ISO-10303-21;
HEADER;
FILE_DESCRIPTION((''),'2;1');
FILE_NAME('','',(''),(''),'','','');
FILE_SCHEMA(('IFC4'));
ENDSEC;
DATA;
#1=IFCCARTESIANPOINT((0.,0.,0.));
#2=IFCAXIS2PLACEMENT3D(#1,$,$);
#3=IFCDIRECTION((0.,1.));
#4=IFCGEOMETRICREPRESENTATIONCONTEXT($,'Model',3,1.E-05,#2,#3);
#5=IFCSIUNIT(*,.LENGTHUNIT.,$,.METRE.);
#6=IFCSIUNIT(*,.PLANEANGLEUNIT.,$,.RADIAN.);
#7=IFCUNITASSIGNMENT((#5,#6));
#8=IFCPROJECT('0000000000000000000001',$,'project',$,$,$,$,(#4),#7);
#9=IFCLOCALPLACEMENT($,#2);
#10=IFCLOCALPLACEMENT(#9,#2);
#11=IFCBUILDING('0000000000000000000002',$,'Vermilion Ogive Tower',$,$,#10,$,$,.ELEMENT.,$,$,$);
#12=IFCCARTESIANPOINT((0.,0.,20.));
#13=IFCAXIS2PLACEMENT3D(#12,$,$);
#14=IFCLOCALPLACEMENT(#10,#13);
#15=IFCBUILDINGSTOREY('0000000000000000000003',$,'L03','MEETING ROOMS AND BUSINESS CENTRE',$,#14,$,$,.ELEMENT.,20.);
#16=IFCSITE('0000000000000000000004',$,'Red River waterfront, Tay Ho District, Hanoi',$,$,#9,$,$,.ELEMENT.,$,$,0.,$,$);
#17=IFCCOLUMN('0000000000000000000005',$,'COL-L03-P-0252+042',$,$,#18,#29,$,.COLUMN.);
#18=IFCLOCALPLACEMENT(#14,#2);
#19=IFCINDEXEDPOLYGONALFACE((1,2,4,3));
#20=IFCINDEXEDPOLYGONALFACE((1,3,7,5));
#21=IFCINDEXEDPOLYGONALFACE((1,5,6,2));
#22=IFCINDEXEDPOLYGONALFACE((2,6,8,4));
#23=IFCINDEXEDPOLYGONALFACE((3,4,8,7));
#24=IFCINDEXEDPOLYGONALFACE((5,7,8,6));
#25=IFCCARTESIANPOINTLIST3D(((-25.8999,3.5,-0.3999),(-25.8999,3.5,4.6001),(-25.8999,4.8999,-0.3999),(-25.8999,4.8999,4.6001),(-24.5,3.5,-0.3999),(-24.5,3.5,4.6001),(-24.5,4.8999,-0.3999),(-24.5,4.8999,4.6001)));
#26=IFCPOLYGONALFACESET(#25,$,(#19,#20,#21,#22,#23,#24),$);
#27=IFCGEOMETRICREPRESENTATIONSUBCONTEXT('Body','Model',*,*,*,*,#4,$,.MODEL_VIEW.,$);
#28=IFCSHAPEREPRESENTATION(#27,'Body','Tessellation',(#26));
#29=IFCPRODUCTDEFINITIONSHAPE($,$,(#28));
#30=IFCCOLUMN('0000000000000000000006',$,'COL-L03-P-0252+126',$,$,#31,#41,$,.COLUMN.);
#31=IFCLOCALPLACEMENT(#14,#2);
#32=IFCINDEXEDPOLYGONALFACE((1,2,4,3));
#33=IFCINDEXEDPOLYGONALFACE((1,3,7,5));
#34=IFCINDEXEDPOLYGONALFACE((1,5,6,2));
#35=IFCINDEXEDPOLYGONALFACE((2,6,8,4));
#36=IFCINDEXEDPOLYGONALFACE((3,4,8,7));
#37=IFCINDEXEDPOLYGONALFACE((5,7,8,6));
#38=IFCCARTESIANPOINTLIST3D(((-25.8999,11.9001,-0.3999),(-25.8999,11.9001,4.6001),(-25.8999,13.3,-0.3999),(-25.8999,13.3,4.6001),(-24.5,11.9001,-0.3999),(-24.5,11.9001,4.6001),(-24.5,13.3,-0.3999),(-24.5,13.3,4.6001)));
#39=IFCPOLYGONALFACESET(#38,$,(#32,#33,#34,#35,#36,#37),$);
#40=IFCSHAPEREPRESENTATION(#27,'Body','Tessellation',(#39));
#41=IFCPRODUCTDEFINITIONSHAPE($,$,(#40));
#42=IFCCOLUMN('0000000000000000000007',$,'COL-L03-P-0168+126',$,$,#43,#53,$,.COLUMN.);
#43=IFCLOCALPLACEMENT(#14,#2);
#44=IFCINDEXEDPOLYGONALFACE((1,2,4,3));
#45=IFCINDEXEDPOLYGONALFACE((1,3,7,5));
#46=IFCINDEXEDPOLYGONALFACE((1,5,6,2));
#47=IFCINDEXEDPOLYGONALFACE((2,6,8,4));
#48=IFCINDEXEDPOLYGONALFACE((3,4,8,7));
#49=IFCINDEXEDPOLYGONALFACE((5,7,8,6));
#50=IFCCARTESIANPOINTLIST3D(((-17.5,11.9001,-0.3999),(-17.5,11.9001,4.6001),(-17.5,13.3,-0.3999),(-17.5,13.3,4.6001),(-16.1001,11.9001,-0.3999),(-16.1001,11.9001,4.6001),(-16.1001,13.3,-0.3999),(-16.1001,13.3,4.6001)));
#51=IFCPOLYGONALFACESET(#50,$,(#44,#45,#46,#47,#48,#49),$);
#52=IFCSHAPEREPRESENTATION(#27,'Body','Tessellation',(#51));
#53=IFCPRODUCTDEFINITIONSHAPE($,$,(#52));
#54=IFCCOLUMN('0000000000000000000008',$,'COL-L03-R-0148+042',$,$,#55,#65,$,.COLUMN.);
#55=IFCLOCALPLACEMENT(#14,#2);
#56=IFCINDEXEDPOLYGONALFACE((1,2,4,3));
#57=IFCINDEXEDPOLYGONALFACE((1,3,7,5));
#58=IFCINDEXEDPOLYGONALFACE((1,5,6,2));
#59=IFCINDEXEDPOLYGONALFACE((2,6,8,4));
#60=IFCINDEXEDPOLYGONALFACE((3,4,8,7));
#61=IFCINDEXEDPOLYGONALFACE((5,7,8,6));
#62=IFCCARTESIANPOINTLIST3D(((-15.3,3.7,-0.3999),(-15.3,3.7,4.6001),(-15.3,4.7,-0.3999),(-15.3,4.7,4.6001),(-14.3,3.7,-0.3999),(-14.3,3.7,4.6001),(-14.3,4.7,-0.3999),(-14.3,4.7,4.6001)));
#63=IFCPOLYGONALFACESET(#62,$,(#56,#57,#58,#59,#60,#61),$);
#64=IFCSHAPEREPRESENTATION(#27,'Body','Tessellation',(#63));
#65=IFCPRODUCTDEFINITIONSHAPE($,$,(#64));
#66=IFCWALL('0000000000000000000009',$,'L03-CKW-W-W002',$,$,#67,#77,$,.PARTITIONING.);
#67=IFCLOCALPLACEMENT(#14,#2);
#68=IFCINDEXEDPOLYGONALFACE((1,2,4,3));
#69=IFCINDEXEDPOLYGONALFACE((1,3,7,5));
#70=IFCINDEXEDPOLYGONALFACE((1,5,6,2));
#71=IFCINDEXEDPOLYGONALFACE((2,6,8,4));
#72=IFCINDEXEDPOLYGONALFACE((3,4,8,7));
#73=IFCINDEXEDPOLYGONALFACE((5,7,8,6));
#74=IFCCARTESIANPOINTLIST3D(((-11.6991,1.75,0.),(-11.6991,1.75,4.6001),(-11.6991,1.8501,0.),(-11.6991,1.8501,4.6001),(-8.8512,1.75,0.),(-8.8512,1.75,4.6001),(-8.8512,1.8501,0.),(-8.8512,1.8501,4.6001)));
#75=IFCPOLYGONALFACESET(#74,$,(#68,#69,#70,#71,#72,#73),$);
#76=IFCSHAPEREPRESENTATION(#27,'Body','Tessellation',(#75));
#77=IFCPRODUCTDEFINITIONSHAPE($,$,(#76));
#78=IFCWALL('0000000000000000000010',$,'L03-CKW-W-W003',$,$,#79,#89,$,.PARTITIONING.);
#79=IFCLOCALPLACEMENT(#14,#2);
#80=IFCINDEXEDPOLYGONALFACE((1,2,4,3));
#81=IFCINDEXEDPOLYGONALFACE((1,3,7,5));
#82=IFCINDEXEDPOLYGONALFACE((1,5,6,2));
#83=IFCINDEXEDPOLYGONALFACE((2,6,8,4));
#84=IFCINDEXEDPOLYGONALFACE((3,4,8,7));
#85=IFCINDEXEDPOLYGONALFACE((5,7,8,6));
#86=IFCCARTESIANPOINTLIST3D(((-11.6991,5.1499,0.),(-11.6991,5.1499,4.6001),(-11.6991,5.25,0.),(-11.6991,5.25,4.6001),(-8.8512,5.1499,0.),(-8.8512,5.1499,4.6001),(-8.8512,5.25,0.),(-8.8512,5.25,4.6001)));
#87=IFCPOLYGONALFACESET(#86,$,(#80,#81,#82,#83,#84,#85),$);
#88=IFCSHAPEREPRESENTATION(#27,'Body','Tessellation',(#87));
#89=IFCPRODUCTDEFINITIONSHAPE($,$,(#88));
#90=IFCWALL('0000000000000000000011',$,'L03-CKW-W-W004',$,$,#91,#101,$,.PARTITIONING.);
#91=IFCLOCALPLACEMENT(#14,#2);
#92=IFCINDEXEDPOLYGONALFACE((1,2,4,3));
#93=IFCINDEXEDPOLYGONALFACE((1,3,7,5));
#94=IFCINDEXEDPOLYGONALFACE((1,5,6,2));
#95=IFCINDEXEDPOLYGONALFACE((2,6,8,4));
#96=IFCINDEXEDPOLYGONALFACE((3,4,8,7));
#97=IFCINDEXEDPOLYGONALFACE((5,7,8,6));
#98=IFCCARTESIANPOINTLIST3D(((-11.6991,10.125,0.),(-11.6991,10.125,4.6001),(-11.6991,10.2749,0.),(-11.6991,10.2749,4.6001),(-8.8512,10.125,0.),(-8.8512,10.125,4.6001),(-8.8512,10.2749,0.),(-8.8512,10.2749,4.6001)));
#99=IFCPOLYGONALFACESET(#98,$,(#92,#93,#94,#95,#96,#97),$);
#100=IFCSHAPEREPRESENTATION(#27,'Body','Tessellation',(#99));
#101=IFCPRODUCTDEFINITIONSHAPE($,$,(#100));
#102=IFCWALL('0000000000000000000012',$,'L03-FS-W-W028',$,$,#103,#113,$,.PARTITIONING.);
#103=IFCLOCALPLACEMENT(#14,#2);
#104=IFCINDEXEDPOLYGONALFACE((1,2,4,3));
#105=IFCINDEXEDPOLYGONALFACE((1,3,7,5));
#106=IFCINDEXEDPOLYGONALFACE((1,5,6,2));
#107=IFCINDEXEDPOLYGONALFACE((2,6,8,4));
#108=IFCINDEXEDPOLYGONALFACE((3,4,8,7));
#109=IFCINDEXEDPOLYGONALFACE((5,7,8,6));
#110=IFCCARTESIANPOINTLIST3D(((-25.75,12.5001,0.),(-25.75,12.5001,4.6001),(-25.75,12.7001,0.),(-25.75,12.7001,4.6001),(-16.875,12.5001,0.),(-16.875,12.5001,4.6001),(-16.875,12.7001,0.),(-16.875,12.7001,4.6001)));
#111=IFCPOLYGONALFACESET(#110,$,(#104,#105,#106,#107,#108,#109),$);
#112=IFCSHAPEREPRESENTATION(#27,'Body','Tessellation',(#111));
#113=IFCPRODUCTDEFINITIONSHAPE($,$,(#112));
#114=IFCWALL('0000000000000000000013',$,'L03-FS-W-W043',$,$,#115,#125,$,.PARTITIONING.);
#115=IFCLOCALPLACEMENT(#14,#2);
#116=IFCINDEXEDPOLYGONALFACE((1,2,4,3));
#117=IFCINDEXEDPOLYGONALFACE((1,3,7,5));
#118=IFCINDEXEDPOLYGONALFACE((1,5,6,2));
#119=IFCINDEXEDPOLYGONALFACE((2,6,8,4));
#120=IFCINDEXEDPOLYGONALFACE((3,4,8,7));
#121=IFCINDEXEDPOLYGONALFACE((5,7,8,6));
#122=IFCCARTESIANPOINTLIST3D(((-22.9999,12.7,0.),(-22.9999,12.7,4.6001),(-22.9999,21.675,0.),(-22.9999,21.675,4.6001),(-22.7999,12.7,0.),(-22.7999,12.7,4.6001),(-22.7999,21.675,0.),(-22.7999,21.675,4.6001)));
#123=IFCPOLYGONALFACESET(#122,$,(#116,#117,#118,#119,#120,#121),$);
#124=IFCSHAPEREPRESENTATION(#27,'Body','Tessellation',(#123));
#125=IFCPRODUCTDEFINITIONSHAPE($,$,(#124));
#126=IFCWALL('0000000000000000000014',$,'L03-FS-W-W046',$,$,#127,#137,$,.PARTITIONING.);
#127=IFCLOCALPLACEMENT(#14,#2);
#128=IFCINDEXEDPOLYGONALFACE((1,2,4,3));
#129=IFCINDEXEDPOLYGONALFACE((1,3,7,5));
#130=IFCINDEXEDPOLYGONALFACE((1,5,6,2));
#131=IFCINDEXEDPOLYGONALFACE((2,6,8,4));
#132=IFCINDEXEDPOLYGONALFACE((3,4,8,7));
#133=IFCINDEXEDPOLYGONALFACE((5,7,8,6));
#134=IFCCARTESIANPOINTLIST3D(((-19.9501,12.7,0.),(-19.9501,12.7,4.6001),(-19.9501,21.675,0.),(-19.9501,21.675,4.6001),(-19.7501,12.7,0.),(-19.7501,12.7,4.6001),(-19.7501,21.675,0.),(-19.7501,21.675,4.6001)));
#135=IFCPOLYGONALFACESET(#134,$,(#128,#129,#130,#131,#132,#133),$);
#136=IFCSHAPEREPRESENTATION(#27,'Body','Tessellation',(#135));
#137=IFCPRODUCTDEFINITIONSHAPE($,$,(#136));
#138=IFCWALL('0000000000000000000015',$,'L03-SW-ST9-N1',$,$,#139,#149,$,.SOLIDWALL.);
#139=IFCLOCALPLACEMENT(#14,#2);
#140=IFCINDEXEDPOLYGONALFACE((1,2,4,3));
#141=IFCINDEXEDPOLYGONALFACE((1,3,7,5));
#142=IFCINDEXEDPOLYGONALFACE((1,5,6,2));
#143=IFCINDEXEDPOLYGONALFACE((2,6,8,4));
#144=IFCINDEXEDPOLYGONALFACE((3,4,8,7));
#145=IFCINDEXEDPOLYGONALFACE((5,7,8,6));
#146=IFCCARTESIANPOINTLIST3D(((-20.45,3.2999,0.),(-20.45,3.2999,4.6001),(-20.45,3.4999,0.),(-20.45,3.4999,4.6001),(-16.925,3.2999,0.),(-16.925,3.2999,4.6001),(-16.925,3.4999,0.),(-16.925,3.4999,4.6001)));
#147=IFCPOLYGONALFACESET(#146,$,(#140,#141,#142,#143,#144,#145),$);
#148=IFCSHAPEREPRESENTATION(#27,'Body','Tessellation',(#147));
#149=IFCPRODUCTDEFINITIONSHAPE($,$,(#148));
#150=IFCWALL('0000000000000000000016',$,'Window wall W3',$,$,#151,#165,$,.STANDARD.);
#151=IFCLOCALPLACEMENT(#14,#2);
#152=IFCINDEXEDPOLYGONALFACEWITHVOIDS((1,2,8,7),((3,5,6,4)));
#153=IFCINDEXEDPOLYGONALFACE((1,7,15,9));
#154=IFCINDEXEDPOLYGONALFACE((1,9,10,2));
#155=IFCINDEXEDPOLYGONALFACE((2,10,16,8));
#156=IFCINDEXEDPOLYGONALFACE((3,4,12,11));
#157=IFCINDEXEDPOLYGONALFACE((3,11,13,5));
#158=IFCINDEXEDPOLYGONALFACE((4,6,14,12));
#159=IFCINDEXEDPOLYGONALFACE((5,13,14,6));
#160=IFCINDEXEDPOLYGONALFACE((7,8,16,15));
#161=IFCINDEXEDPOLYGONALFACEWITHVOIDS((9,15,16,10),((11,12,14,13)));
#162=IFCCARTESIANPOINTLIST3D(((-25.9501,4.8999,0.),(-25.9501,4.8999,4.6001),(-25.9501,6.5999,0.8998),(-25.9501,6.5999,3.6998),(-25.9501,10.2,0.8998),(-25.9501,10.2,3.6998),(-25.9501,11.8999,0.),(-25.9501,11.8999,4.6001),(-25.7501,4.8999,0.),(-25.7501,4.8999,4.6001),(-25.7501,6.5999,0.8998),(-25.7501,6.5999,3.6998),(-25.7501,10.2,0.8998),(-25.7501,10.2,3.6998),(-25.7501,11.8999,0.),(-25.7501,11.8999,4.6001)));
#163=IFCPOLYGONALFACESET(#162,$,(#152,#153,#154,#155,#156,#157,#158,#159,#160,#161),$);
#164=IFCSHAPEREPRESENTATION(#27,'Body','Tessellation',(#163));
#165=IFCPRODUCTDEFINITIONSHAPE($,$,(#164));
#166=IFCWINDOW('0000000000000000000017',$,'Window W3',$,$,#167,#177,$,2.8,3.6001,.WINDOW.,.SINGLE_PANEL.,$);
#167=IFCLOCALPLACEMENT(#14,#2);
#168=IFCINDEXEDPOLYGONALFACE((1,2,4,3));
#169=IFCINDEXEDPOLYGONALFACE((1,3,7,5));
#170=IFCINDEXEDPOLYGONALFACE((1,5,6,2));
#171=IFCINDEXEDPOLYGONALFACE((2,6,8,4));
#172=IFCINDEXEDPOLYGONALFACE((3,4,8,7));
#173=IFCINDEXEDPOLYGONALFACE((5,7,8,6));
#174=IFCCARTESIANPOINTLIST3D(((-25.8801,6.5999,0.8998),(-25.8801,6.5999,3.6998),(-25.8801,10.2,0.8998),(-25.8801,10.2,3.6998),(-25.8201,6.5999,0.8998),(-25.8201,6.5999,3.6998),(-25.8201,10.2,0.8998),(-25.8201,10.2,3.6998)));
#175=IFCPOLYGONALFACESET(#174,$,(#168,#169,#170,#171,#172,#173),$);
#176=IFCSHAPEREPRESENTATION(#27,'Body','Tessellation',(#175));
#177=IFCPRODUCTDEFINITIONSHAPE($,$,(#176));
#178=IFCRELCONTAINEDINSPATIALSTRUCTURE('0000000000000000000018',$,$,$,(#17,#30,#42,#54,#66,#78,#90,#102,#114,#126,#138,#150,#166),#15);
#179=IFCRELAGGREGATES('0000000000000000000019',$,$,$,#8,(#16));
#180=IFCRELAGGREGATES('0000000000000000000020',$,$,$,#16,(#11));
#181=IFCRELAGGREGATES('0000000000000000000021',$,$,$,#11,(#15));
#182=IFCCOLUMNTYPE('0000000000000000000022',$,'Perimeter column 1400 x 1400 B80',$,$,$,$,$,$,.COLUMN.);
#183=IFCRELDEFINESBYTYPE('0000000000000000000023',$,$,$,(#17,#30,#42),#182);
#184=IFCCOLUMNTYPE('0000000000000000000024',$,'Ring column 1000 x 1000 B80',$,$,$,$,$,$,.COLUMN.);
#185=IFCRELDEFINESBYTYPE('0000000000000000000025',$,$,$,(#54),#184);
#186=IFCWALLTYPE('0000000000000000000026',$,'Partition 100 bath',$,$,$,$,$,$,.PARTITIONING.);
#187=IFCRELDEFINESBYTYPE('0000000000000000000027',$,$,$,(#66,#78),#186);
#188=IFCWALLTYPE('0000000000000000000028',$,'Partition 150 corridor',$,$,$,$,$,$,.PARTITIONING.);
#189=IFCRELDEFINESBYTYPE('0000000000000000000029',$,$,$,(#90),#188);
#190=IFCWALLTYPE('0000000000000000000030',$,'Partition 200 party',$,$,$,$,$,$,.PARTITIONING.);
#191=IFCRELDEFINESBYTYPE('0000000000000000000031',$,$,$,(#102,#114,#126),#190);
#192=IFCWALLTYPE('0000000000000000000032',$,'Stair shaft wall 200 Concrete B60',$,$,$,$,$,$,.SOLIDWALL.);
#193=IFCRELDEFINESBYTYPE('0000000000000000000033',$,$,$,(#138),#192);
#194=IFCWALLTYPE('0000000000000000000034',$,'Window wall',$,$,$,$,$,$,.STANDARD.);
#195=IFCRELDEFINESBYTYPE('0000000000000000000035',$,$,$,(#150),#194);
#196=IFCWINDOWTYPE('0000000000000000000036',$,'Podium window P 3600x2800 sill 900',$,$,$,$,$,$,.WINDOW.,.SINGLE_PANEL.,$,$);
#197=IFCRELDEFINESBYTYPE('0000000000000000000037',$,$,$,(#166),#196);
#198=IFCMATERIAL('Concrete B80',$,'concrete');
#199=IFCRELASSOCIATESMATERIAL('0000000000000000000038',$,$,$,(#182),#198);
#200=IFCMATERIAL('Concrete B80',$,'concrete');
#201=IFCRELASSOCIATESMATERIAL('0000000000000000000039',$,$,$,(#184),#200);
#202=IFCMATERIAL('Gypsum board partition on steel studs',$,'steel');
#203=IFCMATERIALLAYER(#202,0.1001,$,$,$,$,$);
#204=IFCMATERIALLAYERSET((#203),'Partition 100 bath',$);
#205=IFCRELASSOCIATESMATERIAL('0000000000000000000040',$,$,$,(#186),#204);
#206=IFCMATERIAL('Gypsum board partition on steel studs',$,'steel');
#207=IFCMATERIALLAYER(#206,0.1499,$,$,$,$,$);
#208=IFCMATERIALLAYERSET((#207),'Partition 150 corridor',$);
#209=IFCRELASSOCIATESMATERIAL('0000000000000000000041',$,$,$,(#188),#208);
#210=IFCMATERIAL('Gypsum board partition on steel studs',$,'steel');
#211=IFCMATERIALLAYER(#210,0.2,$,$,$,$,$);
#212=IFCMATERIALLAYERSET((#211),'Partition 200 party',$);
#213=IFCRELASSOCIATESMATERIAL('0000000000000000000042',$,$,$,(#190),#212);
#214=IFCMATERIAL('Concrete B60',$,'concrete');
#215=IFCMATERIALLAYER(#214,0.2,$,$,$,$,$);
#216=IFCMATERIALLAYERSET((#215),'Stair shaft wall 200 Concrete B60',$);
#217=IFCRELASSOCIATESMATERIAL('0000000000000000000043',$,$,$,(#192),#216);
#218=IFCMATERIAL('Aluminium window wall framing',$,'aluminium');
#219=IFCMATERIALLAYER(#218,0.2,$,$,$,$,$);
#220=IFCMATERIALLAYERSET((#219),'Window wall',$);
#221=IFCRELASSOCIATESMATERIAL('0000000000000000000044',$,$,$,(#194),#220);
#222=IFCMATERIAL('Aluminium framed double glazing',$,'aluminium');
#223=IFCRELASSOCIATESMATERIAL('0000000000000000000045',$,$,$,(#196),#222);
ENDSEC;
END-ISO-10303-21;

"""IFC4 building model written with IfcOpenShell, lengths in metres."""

from ifc_helpers import new_model, si_unit, direction, frame, frame_2d, origin, origin_2d, place, context, subcontext, project, spatial, rectangle, extrude, material, layer, layer_set, material_profile, profile_set, type_object, element, fill, save


model = new_model("IFC4")

# Units and contexts
model_context = context("Model", 3, precision=1e-05, world=origin(), true_north=direction((0.0, 1.0)))
body_context = subcontext(model_context, "Body", "Model", "MODEL_VIEW")
ifc_project = project(units=[si_unit("LENGTHUNIT", "METRE"), si_unit("PLANEANGLEUNIT", "RADIAN")], contexts=[model_context])

# Site, building, storey
site_placement = place(None, origin())
site = spatial("IfcSite", under=ifc_project, at=site_placement, Name="Red River waterfront, Tay Ho District, Hanoi", CompositionType="ELEMENT", RefElevation=0.0)
building_placement = place(site_placement, origin())
building = spatial("IfcBuilding", under=site, at=building_placement, Name="Vermilion Ogive Tower", CompositionType="ELEMENT")
storey_placement = place(building_placement, frame((0.0, 0.0, 20.0)))
storey = spatial("IfcBuildingStorey", under=building, at=storey_placement, Name="L03", Description="MEETING ROOMS AND BUSINESS CENTRE", CompositionType="ELEMENT", Elevation=20.0)

# Columns
ifc_material_1 = material(Name="Concrete B80", Category="concrete")
ifc_material_profile_1 = material_profile(ifc_material_1, rectangle(XDim=1.3999, YDim=1.3999, at=origin_2d()), Name="1400 x 1400")
ifc_profile_set_1 = profile_set([ifc_material_profile_1], Name="Concrete B80")
column_type_1 = type_object("IfcColumnType", Name="Perimeter column 1400 x 1400 B80", PredefinedType="COLUMN", material=ifc_profile_set_1)
for number, where, z_axis, x_axis, name in (
    (1, (-25.2, 4.2, -0.3999), (0.0, 0.0, 1.0), (1.0, 0.0, 0.0), "COL-L03-P-0252+042"),
    (2, (-25.2, 12.6001, -0.3999), (0.0, 0.0, 1.0), (1.0, 0.0, 0.0), "COL-L03-P-0252+126"),
    (3, (-16.8, 12.6001, -0.3999), (0.0, 0.0, 1.0), (1.0, 0.0, 0.0), "COL-L03-P-0168+126"),
):
    element("IfcColumn", number, at=place(storey_placement, frame(where, z_axis=z_axis, x_axis=x_axis)), inside=storey, type_object=column_type_1, Name=name, PredefinedType="COLUMN", context=body_context, shape_type="SweptSolid", body=[
        extrude(rectangle(XDim=1.3999, YDim=1.3999, at=origin_2d()), origin(), (0.0, 0.0, 1.0), 5.0),
    ])
ifc_material_2 = material(Name="Concrete B80", Category="concrete")
ifc_material_profile_2 = material_profile(ifc_material_2, rectangle(XDim=1.0, YDim=1.0, at=origin_2d()), Name="1000 x 1000")
ifc_profile_set_2 = profile_set([ifc_material_profile_2], Name="Concrete B80")
column_type_2 = type_object("IfcColumnType", Name="Ring column 1000 x 1000 B80", PredefinedType="COLUMN", material=ifc_profile_set_2)
column_placement = place(storey_placement, frame((-14.8, 4.2, -0.3999), z_axis=(0.0, 0.0, 1.0), x_axis=(1.0, 0.0, 0.0)))
element("IfcColumn", 4, at=column_placement, inside=storey, type_object=column_type_2, Name="COL-L03-R-0148+042", PredefinedType="COLUMN", context=body_context, shape_type="SweptSolid", body=[
    extrude(rectangle(XDim=1.0, YDim=1.0, at=origin_2d()), origin(), (0.0, 0.0, 1.0), 5.0),
])

# Walls
ifc_material_3 = material(Name="Gypsum board partition on steel studs", Category="steel")
ifc_layer_1 = layer(ifc_material_3, 0.1001)
ifc_layer_set_1 = layer_set([ifc_layer_1], Name="Partition 100 bath")
wall_type_1 = type_object("IfcWallType", Name="Partition 100 bath", PredefinedType="PARTITIONING", material=ifc_layer_set_1)
for number, where, z_axis, x_axis, name in (
    (5, (-11.699, 1.8, 0.0), (0.0, 0.0, 1.0), (1.0, 0.0, 0.0), "L03-CKW-W-W002"),
    (6, (-11.699, 5.2, 0.0), (0.0, 0.0, 1.0), (1.0, 0.0, 0.0), "L03-CKW-W-W003"),
):
    element("IfcWall", number, at=place(storey_placement, frame(where, z_axis=z_axis, x_axis=x_axis)), inside=storey, type_object=wall_type_1, Name=name, PredefinedType="PARTITIONING", context=body_context, shape_type="SweptSolid", body=[
        extrude(rectangle(XDim=2.8479, YDim=0.1001, at=frame_2d((1.4238, 0.0))), origin(), (0.0, 0.0, 1.0), 4.6001),
    ])
ifc_material_4 = material(Name="Gypsum board partition on steel studs", Category="steel")
ifc_layer_2 = layer(ifc_material_4, 0.1499)
ifc_layer_set_2 = layer_set([ifc_layer_2], Name="Partition 150 corridor")
wall_type_2 = type_object("IfcWallType", Name="Partition 150 corridor", PredefinedType="PARTITIONING", material=ifc_layer_set_2)
wall_1_placement = place(storey_placement, frame((-11.699, 10.2, 0.0), z_axis=(0.0, 0.0, 1.0), x_axis=(1.0, 0.0, 0.0)))
element("IfcWall", 7, at=wall_1_placement, inside=storey, type_object=wall_type_2, Name="L03-CKW-W-W004", PredefinedType="PARTITIONING", context=body_context, shape_type="SweptSolid", body=[
    extrude(rectangle(XDim=2.8479, YDim=0.1499, at=frame_2d((1.4238, 0.0))), origin(), (0.0, 0.0, 1.0), 4.6001),
])
ifc_material_5 = material(Name="Gypsum board partition on steel studs", Category="steel")
ifc_layer_3 = layer(ifc_material_5, 0.2)
ifc_layer_set_3 = layer_set([ifc_layer_3], Name="Partition 200 party")
wall_type_3 = type_object("IfcWallType", Name="Partition 200 party", PredefinedType="PARTITIONING", material=ifc_layer_set_3)
wall_2_placement = place(storey_placement, frame((-25.75, 12.6001, 0.0), z_axis=(0.0, 0.0, 1.0), x_axis=(1.0, 0.0, 0.0)))
element("IfcWall", 8, at=wall_2_placement, inside=storey, type_object=wall_type_3, Name="L03-FS-W-W028", PredefinedType="PARTITIONING", context=body_context, shape_type="SweptSolid", body=[
    extrude(rectangle(XDim=8.875, YDim=0.2, at=frame_2d((4.4375, 0.0))), origin(), (0.0, 0.0, 1.0), 4.6001),
])
for number, where, z_axis, x_axis, name in (
    (9, (-22.8999, 12.7, 0.0), (0.0, 0.0, 1.0), (0.0, 1.0, 0.0), "L03-FS-W-W043"),
    (10, (-19.8501, 12.7, 0.0), (0.0, 0.0, 1.0), (0.0, 1.0, 0.0), "L03-FS-W-W046"),
):
    element("IfcWall", number, at=place(storey_placement, frame(where, z_axis=z_axis, x_axis=x_axis)), inside=storey, type_object=wall_type_3, Name=name, PredefinedType="PARTITIONING", context=body_context, shape_type="SweptSolid", body=[
        extrude(rectangle(XDim=8.9751, YDim=0.2, at=frame_2d((4.4875, 0.0))), origin(), (0.0, 0.0, 1.0), 4.6001),
    ])
ifc_material_6 = material(Name="Concrete B60", Category="concrete")
ifc_layer_4 = layer(ifc_material_6, 0.2)
ifc_layer_set_4 = layer_set([ifc_layer_4], Name="Stair shaft wall 200 Concrete B60")
wall_type_4 = type_object("IfcWallType", Name="Stair shaft wall 200 Concrete B60", PredefinedType="SOLIDWALL", material=ifc_layer_set_4)
wall_3_placement = place(storey_placement, frame((-20.45, 3.3999, 0.0), z_axis=(0.0, 0.0, 1.0), x_axis=(1.0, 0.0, 0.0)))
element("IfcWall", 11, at=wall_3_placement, inside=storey, type_object=wall_type_4, Name="L03-SW-ST9-N1", PredefinedType="SOLIDWALL", context=body_context, shape_type="SweptSolid", body=[
    extrude(rectangle(XDim=3.5249, YDim=0.2, at=frame_2d((1.7625, 0.0))), origin(), (0.0, 0.0, 1.0), 4.6001),
])

# Wall, opening, window
ifc_material_7 = material(Name="Aluminium window wall framing", Category="aluminium")
ifc_layer_5 = layer(ifc_material_7, 0.2)
ifc_layer_set_5 = layer_set([ifc_layer_5], Name="Window wall")
wall_type_5 = type_object("IfcWallType", Name="Window wall", PredefinedType="STANDARD", material=ifc_layer_set_5)
wall_4_placement = place(storey_placement, frame((-25.8501, 11.8999, 0.0), z_axis=(0.0, 0.0, 1.0), x_axis=(0.0, -1.0, 0.0)))
wall_4 = element("IfcWall", 12, at=wall_4_placement, inside=storey, type_object=wall_type_5, Name="Window wall W3", PredefinedType="STANDARD", context=body_context, shape_type="SweptSolid", body=[
    extrude(rectangle(XDim=7.0, YDim=0.2, at=frame_2d((3.5, 0.0))), origin(), (0.0, 0.0, 1.0), 4.6001),
])
opening_1_placement = place(wall_4_placement, frame((1.7, 0.0, 0.8999)))
opening_1 = element("IfcOpeningElement", 13, at=opening_1_placement, cuts=wall_4, PredefinedType="OPENING", context=body_context, shape_type="SweptSolid", body=[
    extrude(rectangle(XDim=3.6001, YDim=2.8, at=frame_2d((1.8, 1.3999))), frame((0.0, 0.1099, 0.0), z_axis=(0.0, -1.0, 0.0), x_axis=(1.0, 0.0, 0.0)), (0.0, 0.0, 1.0), 0.22),
])
ifc_material_8 = material(Name="Aluminium framed double glazing", Category="aluminium")
window_type = type_object("IfcWindowType", Name="Podium window P 3600x2800 sill 900", PartitioningType="SINGLE_PANEL", PredefinedType="WINDOW", material=ifc_material_8)
window_1_placement = place(opening_1_placement, origin())
window_1 = element("IfcWindow", 14, at=window_1_placement, inside=storey, type_object=window_type, Name="Window W3", OverallHeight=2.8, OverallWidth=3.6001, PartitioningType="SINGLE_PANEL", PredefinedType="WINDOW", context=body_context, shape_type="SweptSolid", body=[
    extrude(rectangle(XDim=3.6001, YDim=2.8, at=frame_2d((1.8, 1.3999))), frame((0.0, 0.03, 0.0), z_axis=(0.0, -1.0, 0.0), x_axis=(1.0, 0.0, 0.0)), (0.0, 0.0, 1.0), 0.0601),
])
fill(opening_1, window_1)

save(model, "model.ifc")
